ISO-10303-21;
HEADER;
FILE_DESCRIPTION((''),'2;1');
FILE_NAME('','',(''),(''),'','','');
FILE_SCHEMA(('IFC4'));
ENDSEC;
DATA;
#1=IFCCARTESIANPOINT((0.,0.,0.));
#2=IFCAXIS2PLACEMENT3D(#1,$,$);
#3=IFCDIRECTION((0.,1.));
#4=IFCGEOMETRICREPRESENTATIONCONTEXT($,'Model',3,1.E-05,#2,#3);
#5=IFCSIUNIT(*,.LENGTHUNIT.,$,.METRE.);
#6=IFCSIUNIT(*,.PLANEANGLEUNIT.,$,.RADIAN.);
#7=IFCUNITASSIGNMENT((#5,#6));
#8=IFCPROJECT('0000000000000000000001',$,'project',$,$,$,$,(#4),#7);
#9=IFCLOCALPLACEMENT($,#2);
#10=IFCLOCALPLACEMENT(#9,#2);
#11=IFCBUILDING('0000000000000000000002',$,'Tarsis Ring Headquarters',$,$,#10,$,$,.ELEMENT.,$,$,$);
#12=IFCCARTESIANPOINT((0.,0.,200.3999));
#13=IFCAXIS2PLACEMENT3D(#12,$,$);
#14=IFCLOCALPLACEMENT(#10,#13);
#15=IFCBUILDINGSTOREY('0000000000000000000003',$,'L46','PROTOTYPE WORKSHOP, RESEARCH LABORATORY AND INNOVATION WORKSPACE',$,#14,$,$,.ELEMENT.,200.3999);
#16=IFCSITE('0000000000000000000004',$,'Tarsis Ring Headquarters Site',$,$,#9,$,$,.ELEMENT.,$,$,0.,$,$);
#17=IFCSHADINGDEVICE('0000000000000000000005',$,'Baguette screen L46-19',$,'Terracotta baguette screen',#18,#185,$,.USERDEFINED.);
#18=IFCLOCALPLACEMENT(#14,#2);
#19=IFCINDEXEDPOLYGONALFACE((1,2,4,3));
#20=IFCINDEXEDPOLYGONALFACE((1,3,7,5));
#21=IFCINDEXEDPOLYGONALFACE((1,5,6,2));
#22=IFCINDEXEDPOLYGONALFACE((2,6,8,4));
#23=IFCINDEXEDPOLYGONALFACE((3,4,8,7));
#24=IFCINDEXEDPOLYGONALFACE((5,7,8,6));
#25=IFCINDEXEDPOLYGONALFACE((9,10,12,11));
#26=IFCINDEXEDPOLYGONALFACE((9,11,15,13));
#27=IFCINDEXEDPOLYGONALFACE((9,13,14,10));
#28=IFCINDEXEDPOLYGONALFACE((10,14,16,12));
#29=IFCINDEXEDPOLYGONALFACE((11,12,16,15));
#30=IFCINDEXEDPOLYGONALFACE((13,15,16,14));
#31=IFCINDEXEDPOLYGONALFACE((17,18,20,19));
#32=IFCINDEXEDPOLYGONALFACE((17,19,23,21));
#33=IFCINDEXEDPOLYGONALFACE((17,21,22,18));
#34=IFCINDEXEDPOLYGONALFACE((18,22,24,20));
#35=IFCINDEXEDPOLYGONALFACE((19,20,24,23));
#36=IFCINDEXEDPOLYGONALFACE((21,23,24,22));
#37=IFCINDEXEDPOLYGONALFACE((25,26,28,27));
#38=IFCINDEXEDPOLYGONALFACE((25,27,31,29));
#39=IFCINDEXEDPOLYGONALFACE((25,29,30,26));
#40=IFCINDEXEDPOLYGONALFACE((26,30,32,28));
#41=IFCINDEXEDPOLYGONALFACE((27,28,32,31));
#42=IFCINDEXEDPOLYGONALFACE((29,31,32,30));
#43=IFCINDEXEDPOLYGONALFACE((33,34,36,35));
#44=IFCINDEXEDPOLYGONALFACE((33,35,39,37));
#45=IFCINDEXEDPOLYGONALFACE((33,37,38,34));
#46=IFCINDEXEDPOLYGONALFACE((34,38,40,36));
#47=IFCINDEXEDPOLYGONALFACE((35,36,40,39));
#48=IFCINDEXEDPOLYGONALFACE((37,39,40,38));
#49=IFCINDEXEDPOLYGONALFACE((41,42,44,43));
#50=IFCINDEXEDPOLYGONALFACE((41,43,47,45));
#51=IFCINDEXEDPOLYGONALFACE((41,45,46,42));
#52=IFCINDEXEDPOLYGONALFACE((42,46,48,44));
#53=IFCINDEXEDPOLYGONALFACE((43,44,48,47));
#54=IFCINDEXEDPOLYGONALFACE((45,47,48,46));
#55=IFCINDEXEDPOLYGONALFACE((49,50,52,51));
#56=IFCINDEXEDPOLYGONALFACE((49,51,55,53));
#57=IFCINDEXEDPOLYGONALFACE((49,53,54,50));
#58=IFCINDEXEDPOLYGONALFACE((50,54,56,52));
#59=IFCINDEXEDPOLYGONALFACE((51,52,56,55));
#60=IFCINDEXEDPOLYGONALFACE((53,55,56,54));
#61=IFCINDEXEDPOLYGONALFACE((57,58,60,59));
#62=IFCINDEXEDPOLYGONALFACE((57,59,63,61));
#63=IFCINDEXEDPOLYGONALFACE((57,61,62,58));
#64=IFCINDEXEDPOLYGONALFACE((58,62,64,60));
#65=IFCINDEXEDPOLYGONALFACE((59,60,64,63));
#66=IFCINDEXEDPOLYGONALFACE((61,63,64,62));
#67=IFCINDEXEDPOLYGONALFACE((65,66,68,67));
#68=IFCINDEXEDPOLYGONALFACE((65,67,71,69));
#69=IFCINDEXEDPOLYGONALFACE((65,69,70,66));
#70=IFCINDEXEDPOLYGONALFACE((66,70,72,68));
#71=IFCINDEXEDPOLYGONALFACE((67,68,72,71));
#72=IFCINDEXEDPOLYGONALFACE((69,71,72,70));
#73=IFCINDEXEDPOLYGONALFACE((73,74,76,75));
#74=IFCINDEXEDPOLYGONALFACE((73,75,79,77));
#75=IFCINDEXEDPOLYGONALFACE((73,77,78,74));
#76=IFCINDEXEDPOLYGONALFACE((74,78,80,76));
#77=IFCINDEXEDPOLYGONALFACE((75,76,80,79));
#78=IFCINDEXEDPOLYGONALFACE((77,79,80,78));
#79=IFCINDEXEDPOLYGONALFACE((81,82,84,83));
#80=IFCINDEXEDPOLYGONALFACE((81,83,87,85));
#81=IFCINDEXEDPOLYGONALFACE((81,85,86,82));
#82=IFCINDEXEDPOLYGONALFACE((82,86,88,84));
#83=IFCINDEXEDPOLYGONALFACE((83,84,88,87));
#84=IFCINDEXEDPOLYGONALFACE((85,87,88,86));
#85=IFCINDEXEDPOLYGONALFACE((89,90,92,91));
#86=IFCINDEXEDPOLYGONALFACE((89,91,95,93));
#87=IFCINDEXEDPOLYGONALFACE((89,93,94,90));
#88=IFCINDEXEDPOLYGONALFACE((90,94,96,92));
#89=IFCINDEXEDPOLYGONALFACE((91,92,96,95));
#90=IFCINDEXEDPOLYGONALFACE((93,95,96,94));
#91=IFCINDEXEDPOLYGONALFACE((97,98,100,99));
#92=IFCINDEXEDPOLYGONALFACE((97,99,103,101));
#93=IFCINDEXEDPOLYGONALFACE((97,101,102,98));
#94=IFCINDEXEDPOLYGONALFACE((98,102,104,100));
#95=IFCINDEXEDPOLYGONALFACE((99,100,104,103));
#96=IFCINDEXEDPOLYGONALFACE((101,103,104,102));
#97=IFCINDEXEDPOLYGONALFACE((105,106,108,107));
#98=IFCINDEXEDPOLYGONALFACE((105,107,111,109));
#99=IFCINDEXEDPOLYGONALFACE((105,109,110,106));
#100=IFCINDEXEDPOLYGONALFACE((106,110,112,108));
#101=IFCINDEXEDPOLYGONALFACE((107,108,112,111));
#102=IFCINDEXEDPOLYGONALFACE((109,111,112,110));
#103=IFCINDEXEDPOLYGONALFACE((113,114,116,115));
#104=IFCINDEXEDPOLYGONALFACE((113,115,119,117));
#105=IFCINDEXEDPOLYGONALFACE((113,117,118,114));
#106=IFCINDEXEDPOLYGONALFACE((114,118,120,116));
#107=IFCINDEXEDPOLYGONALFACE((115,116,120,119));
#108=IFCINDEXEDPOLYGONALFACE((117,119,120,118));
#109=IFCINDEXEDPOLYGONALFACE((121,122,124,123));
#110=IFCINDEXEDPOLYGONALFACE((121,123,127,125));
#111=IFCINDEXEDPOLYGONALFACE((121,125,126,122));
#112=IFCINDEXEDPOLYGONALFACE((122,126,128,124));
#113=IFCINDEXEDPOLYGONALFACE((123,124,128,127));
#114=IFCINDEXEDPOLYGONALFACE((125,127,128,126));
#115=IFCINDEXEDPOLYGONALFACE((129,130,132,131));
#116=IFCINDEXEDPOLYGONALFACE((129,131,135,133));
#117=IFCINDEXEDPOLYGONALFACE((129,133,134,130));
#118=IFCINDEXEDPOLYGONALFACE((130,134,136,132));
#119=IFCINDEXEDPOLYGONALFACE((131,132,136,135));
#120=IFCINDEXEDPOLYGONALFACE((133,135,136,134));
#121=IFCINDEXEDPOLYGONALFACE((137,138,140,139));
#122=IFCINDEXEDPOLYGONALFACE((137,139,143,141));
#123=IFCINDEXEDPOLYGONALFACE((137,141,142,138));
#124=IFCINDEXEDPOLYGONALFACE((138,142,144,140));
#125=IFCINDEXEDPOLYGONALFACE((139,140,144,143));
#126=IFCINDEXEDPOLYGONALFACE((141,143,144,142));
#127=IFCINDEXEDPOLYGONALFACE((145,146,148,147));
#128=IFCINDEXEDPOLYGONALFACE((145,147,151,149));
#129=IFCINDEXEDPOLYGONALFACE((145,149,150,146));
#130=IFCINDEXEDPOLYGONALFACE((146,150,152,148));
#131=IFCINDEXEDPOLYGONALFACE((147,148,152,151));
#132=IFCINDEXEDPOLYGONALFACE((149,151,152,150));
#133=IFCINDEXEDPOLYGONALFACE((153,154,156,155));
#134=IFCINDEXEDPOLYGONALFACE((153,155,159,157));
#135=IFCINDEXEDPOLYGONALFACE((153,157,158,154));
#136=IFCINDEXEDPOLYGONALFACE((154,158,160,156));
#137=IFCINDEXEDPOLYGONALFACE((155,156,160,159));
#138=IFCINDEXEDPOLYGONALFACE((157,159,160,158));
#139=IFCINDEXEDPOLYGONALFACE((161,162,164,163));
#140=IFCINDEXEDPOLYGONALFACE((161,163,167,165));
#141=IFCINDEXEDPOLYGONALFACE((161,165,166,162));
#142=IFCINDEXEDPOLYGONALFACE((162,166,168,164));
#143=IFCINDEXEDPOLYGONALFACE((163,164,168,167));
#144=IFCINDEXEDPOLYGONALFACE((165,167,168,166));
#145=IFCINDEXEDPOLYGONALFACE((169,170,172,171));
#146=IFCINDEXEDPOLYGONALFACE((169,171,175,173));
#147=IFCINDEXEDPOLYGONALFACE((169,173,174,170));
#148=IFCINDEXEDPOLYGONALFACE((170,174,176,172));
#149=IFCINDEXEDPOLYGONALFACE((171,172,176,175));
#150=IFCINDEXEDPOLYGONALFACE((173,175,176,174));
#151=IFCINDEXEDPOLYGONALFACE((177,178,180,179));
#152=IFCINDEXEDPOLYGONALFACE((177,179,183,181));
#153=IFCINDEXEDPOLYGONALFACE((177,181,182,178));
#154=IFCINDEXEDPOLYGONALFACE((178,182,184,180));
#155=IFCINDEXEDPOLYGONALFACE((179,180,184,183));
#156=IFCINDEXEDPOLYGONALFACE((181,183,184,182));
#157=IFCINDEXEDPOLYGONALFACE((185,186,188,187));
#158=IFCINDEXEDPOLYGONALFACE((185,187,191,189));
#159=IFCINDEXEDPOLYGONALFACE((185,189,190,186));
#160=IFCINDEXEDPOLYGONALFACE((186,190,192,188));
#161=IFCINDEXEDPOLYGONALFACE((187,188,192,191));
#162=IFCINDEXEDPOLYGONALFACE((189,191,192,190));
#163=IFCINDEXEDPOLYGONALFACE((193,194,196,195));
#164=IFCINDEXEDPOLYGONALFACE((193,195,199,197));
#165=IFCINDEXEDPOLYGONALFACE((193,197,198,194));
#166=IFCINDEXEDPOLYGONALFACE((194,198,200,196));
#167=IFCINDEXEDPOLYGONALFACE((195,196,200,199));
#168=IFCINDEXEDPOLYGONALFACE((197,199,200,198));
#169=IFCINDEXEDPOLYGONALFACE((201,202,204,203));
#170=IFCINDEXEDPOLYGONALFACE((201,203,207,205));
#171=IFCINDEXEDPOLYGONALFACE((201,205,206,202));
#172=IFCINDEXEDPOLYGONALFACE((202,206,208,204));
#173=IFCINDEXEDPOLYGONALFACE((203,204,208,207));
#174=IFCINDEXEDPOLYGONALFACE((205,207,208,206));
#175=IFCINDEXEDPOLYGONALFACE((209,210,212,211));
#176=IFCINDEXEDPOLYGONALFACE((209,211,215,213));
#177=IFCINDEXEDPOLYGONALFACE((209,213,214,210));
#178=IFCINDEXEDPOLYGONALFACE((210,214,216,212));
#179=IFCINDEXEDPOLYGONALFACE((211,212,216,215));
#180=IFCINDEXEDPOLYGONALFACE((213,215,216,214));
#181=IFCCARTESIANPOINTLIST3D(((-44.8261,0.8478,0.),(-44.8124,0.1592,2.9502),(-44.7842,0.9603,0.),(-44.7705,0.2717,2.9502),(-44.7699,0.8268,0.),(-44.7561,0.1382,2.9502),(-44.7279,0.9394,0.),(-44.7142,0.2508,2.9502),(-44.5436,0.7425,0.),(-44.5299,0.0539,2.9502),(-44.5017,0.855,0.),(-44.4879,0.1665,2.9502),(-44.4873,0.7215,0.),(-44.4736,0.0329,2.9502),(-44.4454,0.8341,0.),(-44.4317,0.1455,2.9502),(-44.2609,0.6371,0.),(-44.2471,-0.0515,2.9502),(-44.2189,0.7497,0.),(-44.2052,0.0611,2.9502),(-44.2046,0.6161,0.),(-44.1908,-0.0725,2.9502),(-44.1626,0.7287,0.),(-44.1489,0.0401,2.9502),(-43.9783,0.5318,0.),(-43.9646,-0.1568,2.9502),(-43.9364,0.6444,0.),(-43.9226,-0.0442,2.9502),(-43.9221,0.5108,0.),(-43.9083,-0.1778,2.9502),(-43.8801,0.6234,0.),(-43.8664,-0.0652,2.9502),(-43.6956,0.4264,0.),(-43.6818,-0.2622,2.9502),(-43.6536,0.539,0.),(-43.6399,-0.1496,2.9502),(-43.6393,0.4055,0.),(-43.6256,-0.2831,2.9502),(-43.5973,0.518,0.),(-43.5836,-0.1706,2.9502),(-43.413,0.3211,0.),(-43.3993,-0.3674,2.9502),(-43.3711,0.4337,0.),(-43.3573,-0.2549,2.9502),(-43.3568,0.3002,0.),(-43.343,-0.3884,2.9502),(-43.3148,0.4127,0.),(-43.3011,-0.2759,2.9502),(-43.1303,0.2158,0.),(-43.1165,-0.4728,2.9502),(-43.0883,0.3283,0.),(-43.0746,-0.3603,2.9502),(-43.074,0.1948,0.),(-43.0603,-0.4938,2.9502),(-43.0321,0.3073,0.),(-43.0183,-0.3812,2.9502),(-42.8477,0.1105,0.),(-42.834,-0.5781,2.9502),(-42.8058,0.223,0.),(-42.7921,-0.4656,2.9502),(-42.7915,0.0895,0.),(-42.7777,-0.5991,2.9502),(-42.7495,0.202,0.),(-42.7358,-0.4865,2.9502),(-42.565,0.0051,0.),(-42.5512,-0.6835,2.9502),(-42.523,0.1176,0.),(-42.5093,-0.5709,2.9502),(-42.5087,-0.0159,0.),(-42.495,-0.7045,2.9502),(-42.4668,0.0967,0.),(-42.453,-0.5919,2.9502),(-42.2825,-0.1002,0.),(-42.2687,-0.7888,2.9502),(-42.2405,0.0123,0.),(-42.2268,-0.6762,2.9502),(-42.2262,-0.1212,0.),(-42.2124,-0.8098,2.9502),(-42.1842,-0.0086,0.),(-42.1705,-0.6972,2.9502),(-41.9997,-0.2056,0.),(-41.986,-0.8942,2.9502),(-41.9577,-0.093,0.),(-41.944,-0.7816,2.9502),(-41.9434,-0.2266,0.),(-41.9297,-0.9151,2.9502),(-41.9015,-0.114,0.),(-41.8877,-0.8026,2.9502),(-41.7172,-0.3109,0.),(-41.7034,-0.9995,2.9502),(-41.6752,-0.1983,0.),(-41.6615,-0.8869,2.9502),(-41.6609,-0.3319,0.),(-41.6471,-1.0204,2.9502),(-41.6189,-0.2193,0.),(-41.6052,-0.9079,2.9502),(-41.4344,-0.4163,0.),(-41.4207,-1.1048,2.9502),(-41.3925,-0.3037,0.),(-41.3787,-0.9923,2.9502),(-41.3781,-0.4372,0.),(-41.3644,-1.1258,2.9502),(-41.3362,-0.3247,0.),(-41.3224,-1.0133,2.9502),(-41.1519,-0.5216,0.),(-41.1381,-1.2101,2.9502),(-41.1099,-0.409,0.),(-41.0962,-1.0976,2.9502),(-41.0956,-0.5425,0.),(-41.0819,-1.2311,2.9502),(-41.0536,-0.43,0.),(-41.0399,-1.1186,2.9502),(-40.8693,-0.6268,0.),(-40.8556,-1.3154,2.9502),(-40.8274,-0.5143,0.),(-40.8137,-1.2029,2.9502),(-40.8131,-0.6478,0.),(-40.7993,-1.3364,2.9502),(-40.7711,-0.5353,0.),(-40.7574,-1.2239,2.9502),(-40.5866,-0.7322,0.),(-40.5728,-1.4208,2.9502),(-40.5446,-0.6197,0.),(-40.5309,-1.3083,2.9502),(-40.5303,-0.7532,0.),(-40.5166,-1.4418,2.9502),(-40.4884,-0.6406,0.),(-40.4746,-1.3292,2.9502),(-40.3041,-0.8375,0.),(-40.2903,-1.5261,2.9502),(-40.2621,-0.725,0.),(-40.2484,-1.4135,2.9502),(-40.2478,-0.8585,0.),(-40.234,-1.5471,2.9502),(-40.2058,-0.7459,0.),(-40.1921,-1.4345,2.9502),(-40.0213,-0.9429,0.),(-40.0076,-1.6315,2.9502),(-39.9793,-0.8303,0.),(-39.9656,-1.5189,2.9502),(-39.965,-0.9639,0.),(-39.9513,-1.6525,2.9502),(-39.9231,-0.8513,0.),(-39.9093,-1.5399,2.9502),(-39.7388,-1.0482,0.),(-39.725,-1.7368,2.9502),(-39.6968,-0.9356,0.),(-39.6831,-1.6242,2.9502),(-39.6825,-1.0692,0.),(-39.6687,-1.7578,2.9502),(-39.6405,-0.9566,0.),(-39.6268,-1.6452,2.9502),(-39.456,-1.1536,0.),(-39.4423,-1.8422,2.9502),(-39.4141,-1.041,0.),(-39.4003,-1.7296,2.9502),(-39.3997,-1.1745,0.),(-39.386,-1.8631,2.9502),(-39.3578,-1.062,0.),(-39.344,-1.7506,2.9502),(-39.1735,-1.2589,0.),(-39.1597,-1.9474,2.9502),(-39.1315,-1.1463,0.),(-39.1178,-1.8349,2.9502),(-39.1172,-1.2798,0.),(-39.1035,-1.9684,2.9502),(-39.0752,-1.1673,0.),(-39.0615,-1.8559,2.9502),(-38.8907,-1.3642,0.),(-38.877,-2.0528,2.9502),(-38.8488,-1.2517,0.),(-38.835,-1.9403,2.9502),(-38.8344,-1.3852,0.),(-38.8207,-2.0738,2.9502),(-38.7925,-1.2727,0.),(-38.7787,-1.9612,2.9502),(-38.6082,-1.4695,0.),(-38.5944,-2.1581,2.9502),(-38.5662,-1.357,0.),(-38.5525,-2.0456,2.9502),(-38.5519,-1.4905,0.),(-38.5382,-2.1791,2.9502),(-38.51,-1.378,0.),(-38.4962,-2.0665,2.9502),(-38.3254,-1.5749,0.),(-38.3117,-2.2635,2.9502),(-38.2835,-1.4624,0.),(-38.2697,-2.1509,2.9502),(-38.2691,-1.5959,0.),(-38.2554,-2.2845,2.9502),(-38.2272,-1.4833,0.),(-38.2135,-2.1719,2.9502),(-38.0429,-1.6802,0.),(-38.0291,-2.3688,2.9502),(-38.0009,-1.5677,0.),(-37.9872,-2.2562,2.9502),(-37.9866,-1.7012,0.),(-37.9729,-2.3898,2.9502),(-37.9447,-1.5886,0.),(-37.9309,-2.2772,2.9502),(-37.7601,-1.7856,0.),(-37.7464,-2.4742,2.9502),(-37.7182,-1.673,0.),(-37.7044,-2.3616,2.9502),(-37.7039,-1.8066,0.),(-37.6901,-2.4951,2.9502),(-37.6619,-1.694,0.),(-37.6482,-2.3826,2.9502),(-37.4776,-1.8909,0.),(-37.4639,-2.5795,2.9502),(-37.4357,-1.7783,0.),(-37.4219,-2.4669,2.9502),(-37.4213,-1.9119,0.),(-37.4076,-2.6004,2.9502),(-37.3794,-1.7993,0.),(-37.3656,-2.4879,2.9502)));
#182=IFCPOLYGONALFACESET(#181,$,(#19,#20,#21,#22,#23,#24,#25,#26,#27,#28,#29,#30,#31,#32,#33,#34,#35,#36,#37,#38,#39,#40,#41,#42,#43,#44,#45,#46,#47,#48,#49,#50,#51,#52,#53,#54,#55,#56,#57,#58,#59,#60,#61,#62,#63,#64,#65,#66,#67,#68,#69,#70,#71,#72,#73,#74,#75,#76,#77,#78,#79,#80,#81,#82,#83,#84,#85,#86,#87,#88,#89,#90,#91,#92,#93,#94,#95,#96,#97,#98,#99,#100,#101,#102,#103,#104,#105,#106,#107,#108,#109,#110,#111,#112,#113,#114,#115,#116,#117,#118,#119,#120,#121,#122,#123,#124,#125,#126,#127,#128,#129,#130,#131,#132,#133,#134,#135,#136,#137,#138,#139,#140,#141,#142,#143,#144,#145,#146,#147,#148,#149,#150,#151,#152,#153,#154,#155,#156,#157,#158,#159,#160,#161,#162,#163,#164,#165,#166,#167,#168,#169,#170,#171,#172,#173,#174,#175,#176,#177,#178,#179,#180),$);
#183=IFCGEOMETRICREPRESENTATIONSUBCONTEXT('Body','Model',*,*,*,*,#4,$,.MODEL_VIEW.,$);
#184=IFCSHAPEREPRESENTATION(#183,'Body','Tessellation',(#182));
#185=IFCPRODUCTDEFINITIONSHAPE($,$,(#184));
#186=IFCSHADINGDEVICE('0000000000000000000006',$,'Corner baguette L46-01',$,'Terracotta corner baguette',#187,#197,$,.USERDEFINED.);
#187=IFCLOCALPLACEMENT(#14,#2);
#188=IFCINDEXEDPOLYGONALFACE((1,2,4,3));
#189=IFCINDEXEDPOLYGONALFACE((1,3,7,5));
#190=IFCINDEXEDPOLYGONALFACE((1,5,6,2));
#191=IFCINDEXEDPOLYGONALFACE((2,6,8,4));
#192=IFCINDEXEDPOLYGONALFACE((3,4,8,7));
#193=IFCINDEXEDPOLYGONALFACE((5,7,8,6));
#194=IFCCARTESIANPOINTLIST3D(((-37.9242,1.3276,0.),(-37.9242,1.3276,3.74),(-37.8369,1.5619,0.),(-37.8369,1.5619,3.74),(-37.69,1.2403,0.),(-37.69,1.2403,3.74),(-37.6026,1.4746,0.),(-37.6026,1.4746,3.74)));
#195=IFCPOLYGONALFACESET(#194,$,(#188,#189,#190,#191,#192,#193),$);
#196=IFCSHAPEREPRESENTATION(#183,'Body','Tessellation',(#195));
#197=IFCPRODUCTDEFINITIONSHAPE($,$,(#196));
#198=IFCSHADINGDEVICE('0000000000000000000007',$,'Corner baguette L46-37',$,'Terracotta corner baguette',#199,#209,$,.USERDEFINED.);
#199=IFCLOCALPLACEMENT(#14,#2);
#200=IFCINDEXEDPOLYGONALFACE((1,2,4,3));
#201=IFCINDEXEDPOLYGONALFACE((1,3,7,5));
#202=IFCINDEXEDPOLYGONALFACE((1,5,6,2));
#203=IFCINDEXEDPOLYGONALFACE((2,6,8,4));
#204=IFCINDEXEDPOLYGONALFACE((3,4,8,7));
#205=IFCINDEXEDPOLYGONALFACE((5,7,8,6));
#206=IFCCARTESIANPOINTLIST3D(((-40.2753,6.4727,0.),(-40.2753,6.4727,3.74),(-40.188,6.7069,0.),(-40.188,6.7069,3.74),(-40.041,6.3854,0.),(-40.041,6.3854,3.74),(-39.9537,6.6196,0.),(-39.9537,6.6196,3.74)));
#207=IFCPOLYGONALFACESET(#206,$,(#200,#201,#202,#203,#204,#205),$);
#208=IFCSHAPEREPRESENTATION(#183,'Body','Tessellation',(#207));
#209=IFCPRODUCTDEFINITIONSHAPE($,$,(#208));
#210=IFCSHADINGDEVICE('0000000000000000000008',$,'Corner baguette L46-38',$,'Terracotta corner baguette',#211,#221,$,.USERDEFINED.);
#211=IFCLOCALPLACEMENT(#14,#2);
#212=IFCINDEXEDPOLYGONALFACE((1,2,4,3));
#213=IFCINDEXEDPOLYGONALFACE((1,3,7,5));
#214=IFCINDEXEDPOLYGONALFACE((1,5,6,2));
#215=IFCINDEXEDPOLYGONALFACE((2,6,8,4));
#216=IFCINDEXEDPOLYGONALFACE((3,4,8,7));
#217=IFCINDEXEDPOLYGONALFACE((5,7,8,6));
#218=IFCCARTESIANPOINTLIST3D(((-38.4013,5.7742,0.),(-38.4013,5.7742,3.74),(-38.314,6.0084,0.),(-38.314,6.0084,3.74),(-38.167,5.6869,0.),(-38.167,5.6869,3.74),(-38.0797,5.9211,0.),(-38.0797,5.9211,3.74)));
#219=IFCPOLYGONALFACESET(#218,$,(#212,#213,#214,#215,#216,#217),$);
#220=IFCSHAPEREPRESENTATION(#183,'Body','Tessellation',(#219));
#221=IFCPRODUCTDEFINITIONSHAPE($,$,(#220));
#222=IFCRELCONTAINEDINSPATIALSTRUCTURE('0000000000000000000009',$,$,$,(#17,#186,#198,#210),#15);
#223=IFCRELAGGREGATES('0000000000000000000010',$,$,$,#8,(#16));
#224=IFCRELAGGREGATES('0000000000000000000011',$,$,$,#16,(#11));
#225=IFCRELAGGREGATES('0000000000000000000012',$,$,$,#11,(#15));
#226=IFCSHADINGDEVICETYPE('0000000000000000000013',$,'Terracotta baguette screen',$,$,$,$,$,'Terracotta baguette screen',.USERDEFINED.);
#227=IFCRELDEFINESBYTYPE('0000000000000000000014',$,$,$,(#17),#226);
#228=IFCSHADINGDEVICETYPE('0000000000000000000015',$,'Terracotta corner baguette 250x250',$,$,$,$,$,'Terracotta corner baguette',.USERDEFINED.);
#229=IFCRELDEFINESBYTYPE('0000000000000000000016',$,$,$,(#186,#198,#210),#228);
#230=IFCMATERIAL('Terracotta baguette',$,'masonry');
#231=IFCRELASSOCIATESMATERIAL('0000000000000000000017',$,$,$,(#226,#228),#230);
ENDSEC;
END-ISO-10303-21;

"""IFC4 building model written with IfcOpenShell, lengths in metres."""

from ifc_helpers import new_model, si_unit, direction, frame, frame_2d, origin, origin_2d, place, context, subcontext, project, spatial, rectangle, composite_profile, extrude, material, type_object, element, save


model = new_model("IFC4")

# Units and contexts
model_context = context("Model", 3, precision=1e-05, world=origin(), true_north=direction((0.0, 1.0)))
body_context = subcontext(model_context, "Body", "Model", "MODEL_VIEW")
ifc_project = project(units=[si_unit("LENGTHUNIT", "METRE"), si_unit("PLANEANGLEUNIT", "RADIAN")], contexts=[model_context])

# Site, building, storey
site_placement = place(None, origin())
site = spatial("IfcSite", under=ifc_project, at=site_placement, Name="Tarsis Ring Headquarters Site", CompositionType="ELEMENT", RefElevation=0.0)
building_placement = place(site_placement, origin())
building = spatial("IfcBuilding", under=site, at=building_placement, Name="Tarsis Ring Headquarters", CompositionType="ELEMENT")
storey_placement = place(building_placement, frame((0.0, 0.0, 200.3999)))
storey = spatial("IfcBuildingStorey", under=building, at=storey_placement, Name="L46", Description="PROTOTYPE WORKSHOP, RESEARCH LABORATORY AND INNOVATION WORKSPACE", CompositionType="ELEMENT", Elevation=200.3999)

# Shading devices
ifc_material_1 = material(Name="Terracotta baguette", Category="masonry")
shading_device_type_1 = type_object("IfcShadingDeviceType", Name="Terracotta baguette screen", ElementType="Terracotta baguette screen", PredefinedType="USERDEFINED", material=ifc_material_1)
shading_device_placement = place(storey_placement, frame((-44.8052, 0.9041, 0.0), z_axis=(0.0, 0.0, 1.0), x_axis=(0.937035, -0.349214, 0.0)))
element("IfcShadingDevice", 1, at=shading_device_placement, inside=storey, type_object=shading_device_type_1, Name="Baguette screen L46-19", ObjectType="Terracotta baguette screen", PredefinedType="USERDEFINED", context=body_context, shape_type="SweptSolid", body=[
    extrude(composite_profile([rectangle(XDim=0.0601, YDim=0.1201, at=frame_2d((0.03, 0.0))), rectangle(XDim=0.0601, YDim=0.1201, at=frame_2d((0.3315, 0.0))), rectangle(XDim=0.0601, YDim=0.1201, at=frame_2d((0.6333, 0.0))), rectangle(XDim=0.0601, YDim=0.1201, at=frame_2d((0.9348, 0.0))), rectangle(XDim=0.0601, YDim=0.1201, at=frame_2d((1.2366, 0.0))), rectangle(XDim=0.0601, YDim=0.1201, at=frame_2d((1.5381, 0.0))), rectangle(XDim=0.0601, YDim=0.1201, at=frame_2d((1.8398, 0.0))), rectangle(XDim=0.0601, YDim=0.1201, at=frame_2d((2.1414, 0.0))), rectangle(XDim=0.0601, YDim=0.1201, at=frame_2d((2.4431, 0.0))), rectangle(XDim=0.0601, YDim=0.1201, at=frame_2d((2.7446, 0.0))), rectangle(XDim=0.0601, YDim=0.1201, at=frame_2d((3.0464, 0.0))), rectangle(XDim=0.0601, YDim=0.1201, at=frame_2d((3.3479, 0.0))), rectangle(XDim=0.0601, YDim=0.1201, at=frame_2d((3.6497, 0.0))), rectangle(XDim=0.0601, YDim=0.1201, at=frame_2d((3.9512, 0.0))), rectangle(XDim=0.0601, YDim=0.1201, at=frame_2d((4.2527, 0.0))), rectangle(XDim=0.0601, YDim=0.1201, at=frame_2d((4.5544, 0.0))), rectangle(XDim=0.0601, YDim=0.1201, at=frame_2d((4.856, 0.0))), rectangle(XDim=0.0601, YDim=0.1201, at=frame_2d((5.1577, 0.0))), rectangle(XDim=0.0601, YDim=0.1201, at=frame_2d((5.4592, 0.0))), rectangle(XDim=0.0601, YDim=0.1201, at=frame_2d((5.761, 0.0))), rectangle(XDim=0.0601, YDim=0.1201, at=frame_2d((6.0625, 0.0))), rectangle(XDim=0.0601, YDim=0.1201, at=frame_2d((6.3643, 0.0))), rectangle(XDim=0.0601, YDim=0.1201, at=frame_2d((6.6658, 0.0))), rectangle(XDim=0.0601, YDim=0.1201, at=frame_2d((6.9675, 0.0))), rectangle(XDim=0.0601, YDim=0.1201, at=frame_2d((7.269, 0.0))), rectangle(XDim=0.0601, YDim=0.1201, at=frame_2d((7.5708, 0.0))), rectangle(XDim=0.0601, YDim=0.1201, at=frame_2d((7.8723, 0.0)))]), origin(), (0.083623, -0.211397, 0.973816), 3.0295),
])
shading_device_type_2 = type_object("IfcShadingDeviceType", Name="Terracotta corner baguette 250x250", ElementType="Terracotta corner baguette", PredefinedType="USERDEFINED", material=ifc_material_1)
for number, where, z_axis, x_axis, name in (
    (2, (-37.7634, 1.4011, 0.0), (0.0, 0.0, 1.0), (-0.349226, -0.937038, 0.0), "Corner baguette L46-01"),
    (3, (-40.1145, 6.5461, 0.0), (0.0, 0.0, 1.0), (-0.349226, -0.937038, 0.0), "Corner baguette L46-37"),
    (4, (-38.2405, 5.8477, 0.0), (0.0, 0.0, 1.0), (0.937039, -0.349226, 0.0), "Corner baguette L46-38"),
):
    element("IfcShadingDevice", number, at=place(storey_placement, frame(where, z_axis=z_axis, x_axis=x_axis)), inside=storey, type_object=shading_device_type_2, Name=name, ObjectType="Terracotta corner baguette", PredefinedType="USERDEFINED", context=body_context, shape_type="SweptSolid", body=[
        extrude(rectangle(XDim=0.25, YDim=0.25, at=origin_2d()), origin(), (0.0, 0.0, 1.0), 3.74),
    ])

save(model, "model.ifc")
